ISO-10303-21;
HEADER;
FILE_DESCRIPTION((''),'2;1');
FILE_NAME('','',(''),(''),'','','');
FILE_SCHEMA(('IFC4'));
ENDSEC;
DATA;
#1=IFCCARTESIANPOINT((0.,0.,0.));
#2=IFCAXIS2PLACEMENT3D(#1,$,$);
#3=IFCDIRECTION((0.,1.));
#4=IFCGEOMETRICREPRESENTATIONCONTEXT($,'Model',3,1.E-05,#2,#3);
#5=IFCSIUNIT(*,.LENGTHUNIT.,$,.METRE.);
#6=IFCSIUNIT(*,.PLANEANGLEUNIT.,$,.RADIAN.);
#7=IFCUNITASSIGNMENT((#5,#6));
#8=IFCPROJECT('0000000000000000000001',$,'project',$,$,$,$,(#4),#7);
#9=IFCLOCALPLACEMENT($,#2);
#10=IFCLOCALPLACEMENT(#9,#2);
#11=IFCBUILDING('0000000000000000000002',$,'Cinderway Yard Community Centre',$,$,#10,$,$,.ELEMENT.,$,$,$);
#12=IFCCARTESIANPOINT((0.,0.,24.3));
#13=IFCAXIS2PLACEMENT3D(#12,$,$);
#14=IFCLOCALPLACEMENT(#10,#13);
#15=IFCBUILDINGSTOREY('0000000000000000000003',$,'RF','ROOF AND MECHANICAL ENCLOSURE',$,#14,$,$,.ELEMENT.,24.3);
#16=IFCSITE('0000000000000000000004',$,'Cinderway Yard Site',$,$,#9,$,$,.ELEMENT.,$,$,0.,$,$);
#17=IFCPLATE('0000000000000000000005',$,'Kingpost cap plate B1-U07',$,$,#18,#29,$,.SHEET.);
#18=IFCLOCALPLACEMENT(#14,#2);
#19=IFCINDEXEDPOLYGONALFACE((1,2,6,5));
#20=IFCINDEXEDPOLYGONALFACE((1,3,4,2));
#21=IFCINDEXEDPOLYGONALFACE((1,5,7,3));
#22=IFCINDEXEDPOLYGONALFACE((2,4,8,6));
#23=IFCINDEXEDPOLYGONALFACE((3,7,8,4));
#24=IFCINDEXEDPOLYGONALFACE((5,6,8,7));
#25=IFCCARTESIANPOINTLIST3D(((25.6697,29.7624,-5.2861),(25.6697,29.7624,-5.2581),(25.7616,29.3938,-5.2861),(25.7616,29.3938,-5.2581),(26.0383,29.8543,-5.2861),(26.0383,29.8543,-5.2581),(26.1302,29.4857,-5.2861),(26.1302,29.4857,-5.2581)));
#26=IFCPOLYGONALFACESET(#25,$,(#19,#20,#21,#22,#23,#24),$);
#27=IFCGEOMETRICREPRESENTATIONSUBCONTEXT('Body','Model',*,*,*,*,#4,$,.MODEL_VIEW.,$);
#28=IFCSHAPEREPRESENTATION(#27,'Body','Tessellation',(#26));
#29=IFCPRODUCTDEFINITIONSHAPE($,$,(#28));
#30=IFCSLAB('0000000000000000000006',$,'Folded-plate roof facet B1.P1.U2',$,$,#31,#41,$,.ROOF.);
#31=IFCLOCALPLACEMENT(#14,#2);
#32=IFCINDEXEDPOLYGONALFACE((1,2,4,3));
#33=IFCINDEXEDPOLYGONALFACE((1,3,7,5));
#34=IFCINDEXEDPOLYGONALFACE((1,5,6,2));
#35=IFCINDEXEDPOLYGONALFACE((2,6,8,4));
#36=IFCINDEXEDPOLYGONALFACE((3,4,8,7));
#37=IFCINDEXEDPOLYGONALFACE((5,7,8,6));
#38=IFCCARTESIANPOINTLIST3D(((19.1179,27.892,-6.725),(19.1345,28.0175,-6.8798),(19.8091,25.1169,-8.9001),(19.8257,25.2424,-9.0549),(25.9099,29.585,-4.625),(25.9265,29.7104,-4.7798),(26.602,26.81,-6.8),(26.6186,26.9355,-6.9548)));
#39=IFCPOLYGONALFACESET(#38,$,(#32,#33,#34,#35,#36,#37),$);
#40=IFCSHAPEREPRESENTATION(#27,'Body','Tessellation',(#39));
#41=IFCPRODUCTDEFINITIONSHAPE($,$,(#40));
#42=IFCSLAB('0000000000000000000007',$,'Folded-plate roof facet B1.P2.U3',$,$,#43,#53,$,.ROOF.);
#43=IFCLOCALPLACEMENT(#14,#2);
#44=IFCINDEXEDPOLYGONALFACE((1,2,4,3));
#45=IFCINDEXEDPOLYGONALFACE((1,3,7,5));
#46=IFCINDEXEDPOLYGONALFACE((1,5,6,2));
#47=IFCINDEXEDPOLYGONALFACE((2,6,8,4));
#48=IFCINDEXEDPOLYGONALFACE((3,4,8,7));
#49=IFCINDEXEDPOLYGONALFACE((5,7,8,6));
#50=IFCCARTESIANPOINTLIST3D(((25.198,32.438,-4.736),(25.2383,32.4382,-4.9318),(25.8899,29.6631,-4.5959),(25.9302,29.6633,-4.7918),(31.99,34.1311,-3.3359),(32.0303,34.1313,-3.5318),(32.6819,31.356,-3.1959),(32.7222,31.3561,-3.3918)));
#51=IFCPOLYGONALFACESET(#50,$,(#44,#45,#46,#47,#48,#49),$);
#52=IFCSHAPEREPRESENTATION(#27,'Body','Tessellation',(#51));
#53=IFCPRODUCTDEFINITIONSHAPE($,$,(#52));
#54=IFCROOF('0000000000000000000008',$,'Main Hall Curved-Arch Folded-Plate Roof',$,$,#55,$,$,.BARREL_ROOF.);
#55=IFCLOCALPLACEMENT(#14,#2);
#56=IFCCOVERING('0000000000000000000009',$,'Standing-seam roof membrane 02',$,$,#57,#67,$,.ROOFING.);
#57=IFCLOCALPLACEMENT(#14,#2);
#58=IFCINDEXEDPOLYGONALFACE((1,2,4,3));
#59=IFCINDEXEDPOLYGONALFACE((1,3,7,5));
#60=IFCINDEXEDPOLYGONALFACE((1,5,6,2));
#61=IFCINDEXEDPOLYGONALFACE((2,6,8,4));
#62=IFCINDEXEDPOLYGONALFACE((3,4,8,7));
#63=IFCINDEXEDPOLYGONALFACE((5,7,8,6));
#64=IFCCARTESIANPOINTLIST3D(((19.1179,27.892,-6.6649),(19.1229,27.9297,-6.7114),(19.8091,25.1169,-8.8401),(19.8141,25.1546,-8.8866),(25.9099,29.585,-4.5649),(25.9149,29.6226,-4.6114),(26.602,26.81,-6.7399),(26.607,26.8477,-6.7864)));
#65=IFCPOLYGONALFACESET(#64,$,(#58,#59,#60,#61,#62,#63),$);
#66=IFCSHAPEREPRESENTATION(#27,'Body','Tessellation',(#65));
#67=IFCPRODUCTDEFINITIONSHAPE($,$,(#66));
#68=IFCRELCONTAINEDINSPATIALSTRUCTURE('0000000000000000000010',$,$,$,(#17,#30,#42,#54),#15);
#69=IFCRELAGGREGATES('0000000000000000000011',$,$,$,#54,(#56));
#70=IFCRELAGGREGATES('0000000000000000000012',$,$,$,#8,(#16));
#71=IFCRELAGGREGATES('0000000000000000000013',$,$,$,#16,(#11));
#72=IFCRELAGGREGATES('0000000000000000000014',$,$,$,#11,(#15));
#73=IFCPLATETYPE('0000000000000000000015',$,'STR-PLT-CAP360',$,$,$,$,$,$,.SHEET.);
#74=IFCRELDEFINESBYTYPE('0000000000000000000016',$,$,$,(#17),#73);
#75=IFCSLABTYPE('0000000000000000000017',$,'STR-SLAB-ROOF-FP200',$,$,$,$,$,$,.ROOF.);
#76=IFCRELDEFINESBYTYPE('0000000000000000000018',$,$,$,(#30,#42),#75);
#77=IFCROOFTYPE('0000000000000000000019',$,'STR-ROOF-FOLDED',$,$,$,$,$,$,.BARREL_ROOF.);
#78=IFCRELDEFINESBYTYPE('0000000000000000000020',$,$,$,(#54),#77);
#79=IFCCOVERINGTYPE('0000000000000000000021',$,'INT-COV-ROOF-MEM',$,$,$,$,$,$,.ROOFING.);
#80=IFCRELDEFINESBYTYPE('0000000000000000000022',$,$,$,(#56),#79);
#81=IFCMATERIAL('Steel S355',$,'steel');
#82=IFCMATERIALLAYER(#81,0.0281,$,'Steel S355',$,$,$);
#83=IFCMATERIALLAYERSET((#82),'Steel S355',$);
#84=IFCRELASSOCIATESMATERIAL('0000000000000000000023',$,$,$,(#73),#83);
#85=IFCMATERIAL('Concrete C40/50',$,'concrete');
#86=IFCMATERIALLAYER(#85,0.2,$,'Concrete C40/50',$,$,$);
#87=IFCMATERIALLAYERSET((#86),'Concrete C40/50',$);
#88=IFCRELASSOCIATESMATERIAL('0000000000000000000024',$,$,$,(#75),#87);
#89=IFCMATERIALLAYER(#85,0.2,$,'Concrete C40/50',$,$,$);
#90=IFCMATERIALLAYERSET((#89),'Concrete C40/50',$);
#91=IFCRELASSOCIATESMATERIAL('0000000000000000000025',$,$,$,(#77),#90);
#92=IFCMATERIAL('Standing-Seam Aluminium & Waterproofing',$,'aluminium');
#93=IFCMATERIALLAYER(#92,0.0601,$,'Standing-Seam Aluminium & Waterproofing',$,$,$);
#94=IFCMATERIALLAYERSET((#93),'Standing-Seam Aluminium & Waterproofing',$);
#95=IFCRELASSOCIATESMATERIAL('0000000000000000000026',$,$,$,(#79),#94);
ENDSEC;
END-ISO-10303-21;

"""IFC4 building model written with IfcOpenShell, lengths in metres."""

from ifc_helpers import new_model, si_unit, direction, frame, origin, origin_2d, place, context, subcontext, project, spatial, polyline, rectangle, outline, extrude, material, layer, layer_set, type_object, element, aggregate, save


model = new_model("IFC4")

# Units and contexts
model_context = context("Model", 3, precision=1e-05, world=origin(), true_north=direction((0.0, 1.0)))
body_context = subcontext(model_context, "Body", "Model", "MODEL_VIEW")
ifc_project = project(units=[si_unit("LENGTHUNIT", "METRE"), si_unit("PLANEANGLEUNIT", "RADIAN")], contexts=[model_context])

# Site, building, storey
site_placement = place(None, origin())
site = spatial("IfcSite", under=ifc_project, at=site_placement, Name="Cinderway Yard Site", CompositionType="ELEMENT", RefElevation=0.0)
building_placement = place(site_placement, origin())
building = spatial("IfcBuilding", under=site, at=building_placement, Name="Cinderway Yard Community Centre", CompositionType="ELEMENT")
storey_placement = place(building_placement, frame((0.0, 0.0, 24.3)))
storey = spatial("IfcBuildingStorey", under=building, at=storey_placement, Name="RF", Description="ROOF AND MECHANICAL ENCLOSURE", CompositionType="ELEMENT", Elevation=24.3)

# Shared definitions
ifc_material_1 = material(Name="Steel S355", Category="steel")

# Shared definitions
ifc_material_2 = material(Name="Concrete C40/50", Category="concrete")

# Plate
ifc_layer_1 = layer(ifc_material_1, 0.0281, Name="Steel S355")
ifc_layer_set_1 = layer_set([ifc_layer_1], Name="Steel S355")
plate_type_1 = type_object("IfcPlateType", Name="STR-PLT-CAP360", PredefinedType="SHEET", material=ifc_layer_set_1)
for number, where, z_axis, x_axis, name in (
    (1, (25.8999, 29.624, -5.2861), (0.0, 0.0, 1.0), (0.970296, 0.241922, 0.0), "Kingpost cap plate B1-U07"),
):
    element("IfcPlate", number, at=place(storey_placement, frame(where, z_axis=z_axis, x_axis=x_axis)), inside=storey, type_object=plate_type_1, Name=name, PredefinedType="SHEET", context=body_context, shape_type="SweptSolid", body=[
        extrude(rectangle(XDim=0.3799, YDim=0.3799, at=origin_2d()), origin(), (0.0, 0.0, 1.0), 0.0281),
    ])

# Slabs
ifc_layer_2 = layer(ifc_material_2, 0.2, Name="Concrete C40/50")
ifc_layer_set_2 = layer_set([ifc_layer_2], Name="Concrete C40/50")
slab_type = type_object("IfcSlabType", Name="STR-SLAB-ROOF-FP200", PredefinedType="ROOF", material=ifc_layer_set_2)
slab_1_placement = place(storey_placement, frame((19.8091, 25.1169, -8.9001), z_axis=(-0.082967, -0.627488, 0.774194), x_axis=(0.929397, 0.231638, 0.287343)))
element("IfcSlab", 2, at=slab_1_placement, inside=storey, type_object=slab_type, Name="Folded-plate roof facet B1.P1.U2", PredefinedType="ROOF", context=body_context, shape_type="SweptSolid", body=[
    extrude(outline(polyline([(0.0, 0.0), (7.309, 0.0), (7.9335, 3.5384), (0.6255, 3.5382), (0.0, 0.0)])), origin(), (0.0, 0.0, -1.0), 0.2),
])
slab_2_placement = place(storey_placement, frame((25.8899, 29.6631, -4.5959), z_axis=(-0.201677, -0.000866, 0.979452), x_axis=(0.95147, 0.23715, 0.196125)))
element("IfcSlab", 3, at=slab_2_placement, inside=storey, type_object=slab_type, Name="Folded-plate roof facet B1.P2.U3", PredefinedType="ROOF", context=body_context, shape_type="SweptSolid", body=[
    extrude(outline(polyline([(0.0, 0.0), (7.1384, 0.0), (7.1108, 2.8634), (-0.0277, 2.8632), (0.0, 0.0)])), origin(), (0.0, 0.0, -1.0), 0.2),
])

# Roof, covering
ifc_layer_3 = layer(ifc_material_2, 0.2, Name="Concrete C40/50")
ifc_layer_set_3 = layer_set([ifc_layer_3], Name="Concrete C40/50")
roof_type = type_object("IfcRoofType", Name="STR-ROOF-FOLDED", PredefinedType="BARREL_ROOF", material=ifc_layer_set_3)
roof_placement = place(storey_placement, origin())
roof = element("IfcRoof", 4, at=roof_placement, inside=storey, type_object=roof_type, Name="Main Hall Curved-Arch Folded-Plate Roof", PredefinedType="BARREL_ROOF")
ifc_material_3 = material(Name="Standing-Seam Aluminium & Waterproofing", Category="aluminium")
ifc_layer_4 = layer(ifc_material_3, 0.0601, Name="Standing-Seam Aluminium & Waterproofing")
ifc_layer_set_4 = layer_set([ifc_layer_4], Name="Standing-Seam Aluminium & Waterproofing")
covering_type = type_object("IfcCoveringType", Name="INT-COV-ROOF-MEM", PredefinedType="ROOFING", material=ifc_layer_set_4)
covering_placement = place(storey_placement, frame((19.8091, 25.1169, -8.8401), z_axis=(-0.082967, -0.627488, 0.774194), x_axis=(0.929397, 0.231638, 0.287343)))
covering = element("IfcCovering", 5, at=covering_placement, type_object=covering_type, Name="Standing-seam roof membrane 02", PredefinedType="ROOFING", context=body_context, shape_type="SweptSolid", body=[
    extrude(outline(polyline([(0.0, 0.0), (7.309, 0.0), (7.9335, 3.5384), (0.6255, 3.5382), (0.0, 0.0)])), origin(), (0.0, 0.0, -1.0), 0.0601),
])
aggregate(roof, [covering])

save(model, "model.ifc")
